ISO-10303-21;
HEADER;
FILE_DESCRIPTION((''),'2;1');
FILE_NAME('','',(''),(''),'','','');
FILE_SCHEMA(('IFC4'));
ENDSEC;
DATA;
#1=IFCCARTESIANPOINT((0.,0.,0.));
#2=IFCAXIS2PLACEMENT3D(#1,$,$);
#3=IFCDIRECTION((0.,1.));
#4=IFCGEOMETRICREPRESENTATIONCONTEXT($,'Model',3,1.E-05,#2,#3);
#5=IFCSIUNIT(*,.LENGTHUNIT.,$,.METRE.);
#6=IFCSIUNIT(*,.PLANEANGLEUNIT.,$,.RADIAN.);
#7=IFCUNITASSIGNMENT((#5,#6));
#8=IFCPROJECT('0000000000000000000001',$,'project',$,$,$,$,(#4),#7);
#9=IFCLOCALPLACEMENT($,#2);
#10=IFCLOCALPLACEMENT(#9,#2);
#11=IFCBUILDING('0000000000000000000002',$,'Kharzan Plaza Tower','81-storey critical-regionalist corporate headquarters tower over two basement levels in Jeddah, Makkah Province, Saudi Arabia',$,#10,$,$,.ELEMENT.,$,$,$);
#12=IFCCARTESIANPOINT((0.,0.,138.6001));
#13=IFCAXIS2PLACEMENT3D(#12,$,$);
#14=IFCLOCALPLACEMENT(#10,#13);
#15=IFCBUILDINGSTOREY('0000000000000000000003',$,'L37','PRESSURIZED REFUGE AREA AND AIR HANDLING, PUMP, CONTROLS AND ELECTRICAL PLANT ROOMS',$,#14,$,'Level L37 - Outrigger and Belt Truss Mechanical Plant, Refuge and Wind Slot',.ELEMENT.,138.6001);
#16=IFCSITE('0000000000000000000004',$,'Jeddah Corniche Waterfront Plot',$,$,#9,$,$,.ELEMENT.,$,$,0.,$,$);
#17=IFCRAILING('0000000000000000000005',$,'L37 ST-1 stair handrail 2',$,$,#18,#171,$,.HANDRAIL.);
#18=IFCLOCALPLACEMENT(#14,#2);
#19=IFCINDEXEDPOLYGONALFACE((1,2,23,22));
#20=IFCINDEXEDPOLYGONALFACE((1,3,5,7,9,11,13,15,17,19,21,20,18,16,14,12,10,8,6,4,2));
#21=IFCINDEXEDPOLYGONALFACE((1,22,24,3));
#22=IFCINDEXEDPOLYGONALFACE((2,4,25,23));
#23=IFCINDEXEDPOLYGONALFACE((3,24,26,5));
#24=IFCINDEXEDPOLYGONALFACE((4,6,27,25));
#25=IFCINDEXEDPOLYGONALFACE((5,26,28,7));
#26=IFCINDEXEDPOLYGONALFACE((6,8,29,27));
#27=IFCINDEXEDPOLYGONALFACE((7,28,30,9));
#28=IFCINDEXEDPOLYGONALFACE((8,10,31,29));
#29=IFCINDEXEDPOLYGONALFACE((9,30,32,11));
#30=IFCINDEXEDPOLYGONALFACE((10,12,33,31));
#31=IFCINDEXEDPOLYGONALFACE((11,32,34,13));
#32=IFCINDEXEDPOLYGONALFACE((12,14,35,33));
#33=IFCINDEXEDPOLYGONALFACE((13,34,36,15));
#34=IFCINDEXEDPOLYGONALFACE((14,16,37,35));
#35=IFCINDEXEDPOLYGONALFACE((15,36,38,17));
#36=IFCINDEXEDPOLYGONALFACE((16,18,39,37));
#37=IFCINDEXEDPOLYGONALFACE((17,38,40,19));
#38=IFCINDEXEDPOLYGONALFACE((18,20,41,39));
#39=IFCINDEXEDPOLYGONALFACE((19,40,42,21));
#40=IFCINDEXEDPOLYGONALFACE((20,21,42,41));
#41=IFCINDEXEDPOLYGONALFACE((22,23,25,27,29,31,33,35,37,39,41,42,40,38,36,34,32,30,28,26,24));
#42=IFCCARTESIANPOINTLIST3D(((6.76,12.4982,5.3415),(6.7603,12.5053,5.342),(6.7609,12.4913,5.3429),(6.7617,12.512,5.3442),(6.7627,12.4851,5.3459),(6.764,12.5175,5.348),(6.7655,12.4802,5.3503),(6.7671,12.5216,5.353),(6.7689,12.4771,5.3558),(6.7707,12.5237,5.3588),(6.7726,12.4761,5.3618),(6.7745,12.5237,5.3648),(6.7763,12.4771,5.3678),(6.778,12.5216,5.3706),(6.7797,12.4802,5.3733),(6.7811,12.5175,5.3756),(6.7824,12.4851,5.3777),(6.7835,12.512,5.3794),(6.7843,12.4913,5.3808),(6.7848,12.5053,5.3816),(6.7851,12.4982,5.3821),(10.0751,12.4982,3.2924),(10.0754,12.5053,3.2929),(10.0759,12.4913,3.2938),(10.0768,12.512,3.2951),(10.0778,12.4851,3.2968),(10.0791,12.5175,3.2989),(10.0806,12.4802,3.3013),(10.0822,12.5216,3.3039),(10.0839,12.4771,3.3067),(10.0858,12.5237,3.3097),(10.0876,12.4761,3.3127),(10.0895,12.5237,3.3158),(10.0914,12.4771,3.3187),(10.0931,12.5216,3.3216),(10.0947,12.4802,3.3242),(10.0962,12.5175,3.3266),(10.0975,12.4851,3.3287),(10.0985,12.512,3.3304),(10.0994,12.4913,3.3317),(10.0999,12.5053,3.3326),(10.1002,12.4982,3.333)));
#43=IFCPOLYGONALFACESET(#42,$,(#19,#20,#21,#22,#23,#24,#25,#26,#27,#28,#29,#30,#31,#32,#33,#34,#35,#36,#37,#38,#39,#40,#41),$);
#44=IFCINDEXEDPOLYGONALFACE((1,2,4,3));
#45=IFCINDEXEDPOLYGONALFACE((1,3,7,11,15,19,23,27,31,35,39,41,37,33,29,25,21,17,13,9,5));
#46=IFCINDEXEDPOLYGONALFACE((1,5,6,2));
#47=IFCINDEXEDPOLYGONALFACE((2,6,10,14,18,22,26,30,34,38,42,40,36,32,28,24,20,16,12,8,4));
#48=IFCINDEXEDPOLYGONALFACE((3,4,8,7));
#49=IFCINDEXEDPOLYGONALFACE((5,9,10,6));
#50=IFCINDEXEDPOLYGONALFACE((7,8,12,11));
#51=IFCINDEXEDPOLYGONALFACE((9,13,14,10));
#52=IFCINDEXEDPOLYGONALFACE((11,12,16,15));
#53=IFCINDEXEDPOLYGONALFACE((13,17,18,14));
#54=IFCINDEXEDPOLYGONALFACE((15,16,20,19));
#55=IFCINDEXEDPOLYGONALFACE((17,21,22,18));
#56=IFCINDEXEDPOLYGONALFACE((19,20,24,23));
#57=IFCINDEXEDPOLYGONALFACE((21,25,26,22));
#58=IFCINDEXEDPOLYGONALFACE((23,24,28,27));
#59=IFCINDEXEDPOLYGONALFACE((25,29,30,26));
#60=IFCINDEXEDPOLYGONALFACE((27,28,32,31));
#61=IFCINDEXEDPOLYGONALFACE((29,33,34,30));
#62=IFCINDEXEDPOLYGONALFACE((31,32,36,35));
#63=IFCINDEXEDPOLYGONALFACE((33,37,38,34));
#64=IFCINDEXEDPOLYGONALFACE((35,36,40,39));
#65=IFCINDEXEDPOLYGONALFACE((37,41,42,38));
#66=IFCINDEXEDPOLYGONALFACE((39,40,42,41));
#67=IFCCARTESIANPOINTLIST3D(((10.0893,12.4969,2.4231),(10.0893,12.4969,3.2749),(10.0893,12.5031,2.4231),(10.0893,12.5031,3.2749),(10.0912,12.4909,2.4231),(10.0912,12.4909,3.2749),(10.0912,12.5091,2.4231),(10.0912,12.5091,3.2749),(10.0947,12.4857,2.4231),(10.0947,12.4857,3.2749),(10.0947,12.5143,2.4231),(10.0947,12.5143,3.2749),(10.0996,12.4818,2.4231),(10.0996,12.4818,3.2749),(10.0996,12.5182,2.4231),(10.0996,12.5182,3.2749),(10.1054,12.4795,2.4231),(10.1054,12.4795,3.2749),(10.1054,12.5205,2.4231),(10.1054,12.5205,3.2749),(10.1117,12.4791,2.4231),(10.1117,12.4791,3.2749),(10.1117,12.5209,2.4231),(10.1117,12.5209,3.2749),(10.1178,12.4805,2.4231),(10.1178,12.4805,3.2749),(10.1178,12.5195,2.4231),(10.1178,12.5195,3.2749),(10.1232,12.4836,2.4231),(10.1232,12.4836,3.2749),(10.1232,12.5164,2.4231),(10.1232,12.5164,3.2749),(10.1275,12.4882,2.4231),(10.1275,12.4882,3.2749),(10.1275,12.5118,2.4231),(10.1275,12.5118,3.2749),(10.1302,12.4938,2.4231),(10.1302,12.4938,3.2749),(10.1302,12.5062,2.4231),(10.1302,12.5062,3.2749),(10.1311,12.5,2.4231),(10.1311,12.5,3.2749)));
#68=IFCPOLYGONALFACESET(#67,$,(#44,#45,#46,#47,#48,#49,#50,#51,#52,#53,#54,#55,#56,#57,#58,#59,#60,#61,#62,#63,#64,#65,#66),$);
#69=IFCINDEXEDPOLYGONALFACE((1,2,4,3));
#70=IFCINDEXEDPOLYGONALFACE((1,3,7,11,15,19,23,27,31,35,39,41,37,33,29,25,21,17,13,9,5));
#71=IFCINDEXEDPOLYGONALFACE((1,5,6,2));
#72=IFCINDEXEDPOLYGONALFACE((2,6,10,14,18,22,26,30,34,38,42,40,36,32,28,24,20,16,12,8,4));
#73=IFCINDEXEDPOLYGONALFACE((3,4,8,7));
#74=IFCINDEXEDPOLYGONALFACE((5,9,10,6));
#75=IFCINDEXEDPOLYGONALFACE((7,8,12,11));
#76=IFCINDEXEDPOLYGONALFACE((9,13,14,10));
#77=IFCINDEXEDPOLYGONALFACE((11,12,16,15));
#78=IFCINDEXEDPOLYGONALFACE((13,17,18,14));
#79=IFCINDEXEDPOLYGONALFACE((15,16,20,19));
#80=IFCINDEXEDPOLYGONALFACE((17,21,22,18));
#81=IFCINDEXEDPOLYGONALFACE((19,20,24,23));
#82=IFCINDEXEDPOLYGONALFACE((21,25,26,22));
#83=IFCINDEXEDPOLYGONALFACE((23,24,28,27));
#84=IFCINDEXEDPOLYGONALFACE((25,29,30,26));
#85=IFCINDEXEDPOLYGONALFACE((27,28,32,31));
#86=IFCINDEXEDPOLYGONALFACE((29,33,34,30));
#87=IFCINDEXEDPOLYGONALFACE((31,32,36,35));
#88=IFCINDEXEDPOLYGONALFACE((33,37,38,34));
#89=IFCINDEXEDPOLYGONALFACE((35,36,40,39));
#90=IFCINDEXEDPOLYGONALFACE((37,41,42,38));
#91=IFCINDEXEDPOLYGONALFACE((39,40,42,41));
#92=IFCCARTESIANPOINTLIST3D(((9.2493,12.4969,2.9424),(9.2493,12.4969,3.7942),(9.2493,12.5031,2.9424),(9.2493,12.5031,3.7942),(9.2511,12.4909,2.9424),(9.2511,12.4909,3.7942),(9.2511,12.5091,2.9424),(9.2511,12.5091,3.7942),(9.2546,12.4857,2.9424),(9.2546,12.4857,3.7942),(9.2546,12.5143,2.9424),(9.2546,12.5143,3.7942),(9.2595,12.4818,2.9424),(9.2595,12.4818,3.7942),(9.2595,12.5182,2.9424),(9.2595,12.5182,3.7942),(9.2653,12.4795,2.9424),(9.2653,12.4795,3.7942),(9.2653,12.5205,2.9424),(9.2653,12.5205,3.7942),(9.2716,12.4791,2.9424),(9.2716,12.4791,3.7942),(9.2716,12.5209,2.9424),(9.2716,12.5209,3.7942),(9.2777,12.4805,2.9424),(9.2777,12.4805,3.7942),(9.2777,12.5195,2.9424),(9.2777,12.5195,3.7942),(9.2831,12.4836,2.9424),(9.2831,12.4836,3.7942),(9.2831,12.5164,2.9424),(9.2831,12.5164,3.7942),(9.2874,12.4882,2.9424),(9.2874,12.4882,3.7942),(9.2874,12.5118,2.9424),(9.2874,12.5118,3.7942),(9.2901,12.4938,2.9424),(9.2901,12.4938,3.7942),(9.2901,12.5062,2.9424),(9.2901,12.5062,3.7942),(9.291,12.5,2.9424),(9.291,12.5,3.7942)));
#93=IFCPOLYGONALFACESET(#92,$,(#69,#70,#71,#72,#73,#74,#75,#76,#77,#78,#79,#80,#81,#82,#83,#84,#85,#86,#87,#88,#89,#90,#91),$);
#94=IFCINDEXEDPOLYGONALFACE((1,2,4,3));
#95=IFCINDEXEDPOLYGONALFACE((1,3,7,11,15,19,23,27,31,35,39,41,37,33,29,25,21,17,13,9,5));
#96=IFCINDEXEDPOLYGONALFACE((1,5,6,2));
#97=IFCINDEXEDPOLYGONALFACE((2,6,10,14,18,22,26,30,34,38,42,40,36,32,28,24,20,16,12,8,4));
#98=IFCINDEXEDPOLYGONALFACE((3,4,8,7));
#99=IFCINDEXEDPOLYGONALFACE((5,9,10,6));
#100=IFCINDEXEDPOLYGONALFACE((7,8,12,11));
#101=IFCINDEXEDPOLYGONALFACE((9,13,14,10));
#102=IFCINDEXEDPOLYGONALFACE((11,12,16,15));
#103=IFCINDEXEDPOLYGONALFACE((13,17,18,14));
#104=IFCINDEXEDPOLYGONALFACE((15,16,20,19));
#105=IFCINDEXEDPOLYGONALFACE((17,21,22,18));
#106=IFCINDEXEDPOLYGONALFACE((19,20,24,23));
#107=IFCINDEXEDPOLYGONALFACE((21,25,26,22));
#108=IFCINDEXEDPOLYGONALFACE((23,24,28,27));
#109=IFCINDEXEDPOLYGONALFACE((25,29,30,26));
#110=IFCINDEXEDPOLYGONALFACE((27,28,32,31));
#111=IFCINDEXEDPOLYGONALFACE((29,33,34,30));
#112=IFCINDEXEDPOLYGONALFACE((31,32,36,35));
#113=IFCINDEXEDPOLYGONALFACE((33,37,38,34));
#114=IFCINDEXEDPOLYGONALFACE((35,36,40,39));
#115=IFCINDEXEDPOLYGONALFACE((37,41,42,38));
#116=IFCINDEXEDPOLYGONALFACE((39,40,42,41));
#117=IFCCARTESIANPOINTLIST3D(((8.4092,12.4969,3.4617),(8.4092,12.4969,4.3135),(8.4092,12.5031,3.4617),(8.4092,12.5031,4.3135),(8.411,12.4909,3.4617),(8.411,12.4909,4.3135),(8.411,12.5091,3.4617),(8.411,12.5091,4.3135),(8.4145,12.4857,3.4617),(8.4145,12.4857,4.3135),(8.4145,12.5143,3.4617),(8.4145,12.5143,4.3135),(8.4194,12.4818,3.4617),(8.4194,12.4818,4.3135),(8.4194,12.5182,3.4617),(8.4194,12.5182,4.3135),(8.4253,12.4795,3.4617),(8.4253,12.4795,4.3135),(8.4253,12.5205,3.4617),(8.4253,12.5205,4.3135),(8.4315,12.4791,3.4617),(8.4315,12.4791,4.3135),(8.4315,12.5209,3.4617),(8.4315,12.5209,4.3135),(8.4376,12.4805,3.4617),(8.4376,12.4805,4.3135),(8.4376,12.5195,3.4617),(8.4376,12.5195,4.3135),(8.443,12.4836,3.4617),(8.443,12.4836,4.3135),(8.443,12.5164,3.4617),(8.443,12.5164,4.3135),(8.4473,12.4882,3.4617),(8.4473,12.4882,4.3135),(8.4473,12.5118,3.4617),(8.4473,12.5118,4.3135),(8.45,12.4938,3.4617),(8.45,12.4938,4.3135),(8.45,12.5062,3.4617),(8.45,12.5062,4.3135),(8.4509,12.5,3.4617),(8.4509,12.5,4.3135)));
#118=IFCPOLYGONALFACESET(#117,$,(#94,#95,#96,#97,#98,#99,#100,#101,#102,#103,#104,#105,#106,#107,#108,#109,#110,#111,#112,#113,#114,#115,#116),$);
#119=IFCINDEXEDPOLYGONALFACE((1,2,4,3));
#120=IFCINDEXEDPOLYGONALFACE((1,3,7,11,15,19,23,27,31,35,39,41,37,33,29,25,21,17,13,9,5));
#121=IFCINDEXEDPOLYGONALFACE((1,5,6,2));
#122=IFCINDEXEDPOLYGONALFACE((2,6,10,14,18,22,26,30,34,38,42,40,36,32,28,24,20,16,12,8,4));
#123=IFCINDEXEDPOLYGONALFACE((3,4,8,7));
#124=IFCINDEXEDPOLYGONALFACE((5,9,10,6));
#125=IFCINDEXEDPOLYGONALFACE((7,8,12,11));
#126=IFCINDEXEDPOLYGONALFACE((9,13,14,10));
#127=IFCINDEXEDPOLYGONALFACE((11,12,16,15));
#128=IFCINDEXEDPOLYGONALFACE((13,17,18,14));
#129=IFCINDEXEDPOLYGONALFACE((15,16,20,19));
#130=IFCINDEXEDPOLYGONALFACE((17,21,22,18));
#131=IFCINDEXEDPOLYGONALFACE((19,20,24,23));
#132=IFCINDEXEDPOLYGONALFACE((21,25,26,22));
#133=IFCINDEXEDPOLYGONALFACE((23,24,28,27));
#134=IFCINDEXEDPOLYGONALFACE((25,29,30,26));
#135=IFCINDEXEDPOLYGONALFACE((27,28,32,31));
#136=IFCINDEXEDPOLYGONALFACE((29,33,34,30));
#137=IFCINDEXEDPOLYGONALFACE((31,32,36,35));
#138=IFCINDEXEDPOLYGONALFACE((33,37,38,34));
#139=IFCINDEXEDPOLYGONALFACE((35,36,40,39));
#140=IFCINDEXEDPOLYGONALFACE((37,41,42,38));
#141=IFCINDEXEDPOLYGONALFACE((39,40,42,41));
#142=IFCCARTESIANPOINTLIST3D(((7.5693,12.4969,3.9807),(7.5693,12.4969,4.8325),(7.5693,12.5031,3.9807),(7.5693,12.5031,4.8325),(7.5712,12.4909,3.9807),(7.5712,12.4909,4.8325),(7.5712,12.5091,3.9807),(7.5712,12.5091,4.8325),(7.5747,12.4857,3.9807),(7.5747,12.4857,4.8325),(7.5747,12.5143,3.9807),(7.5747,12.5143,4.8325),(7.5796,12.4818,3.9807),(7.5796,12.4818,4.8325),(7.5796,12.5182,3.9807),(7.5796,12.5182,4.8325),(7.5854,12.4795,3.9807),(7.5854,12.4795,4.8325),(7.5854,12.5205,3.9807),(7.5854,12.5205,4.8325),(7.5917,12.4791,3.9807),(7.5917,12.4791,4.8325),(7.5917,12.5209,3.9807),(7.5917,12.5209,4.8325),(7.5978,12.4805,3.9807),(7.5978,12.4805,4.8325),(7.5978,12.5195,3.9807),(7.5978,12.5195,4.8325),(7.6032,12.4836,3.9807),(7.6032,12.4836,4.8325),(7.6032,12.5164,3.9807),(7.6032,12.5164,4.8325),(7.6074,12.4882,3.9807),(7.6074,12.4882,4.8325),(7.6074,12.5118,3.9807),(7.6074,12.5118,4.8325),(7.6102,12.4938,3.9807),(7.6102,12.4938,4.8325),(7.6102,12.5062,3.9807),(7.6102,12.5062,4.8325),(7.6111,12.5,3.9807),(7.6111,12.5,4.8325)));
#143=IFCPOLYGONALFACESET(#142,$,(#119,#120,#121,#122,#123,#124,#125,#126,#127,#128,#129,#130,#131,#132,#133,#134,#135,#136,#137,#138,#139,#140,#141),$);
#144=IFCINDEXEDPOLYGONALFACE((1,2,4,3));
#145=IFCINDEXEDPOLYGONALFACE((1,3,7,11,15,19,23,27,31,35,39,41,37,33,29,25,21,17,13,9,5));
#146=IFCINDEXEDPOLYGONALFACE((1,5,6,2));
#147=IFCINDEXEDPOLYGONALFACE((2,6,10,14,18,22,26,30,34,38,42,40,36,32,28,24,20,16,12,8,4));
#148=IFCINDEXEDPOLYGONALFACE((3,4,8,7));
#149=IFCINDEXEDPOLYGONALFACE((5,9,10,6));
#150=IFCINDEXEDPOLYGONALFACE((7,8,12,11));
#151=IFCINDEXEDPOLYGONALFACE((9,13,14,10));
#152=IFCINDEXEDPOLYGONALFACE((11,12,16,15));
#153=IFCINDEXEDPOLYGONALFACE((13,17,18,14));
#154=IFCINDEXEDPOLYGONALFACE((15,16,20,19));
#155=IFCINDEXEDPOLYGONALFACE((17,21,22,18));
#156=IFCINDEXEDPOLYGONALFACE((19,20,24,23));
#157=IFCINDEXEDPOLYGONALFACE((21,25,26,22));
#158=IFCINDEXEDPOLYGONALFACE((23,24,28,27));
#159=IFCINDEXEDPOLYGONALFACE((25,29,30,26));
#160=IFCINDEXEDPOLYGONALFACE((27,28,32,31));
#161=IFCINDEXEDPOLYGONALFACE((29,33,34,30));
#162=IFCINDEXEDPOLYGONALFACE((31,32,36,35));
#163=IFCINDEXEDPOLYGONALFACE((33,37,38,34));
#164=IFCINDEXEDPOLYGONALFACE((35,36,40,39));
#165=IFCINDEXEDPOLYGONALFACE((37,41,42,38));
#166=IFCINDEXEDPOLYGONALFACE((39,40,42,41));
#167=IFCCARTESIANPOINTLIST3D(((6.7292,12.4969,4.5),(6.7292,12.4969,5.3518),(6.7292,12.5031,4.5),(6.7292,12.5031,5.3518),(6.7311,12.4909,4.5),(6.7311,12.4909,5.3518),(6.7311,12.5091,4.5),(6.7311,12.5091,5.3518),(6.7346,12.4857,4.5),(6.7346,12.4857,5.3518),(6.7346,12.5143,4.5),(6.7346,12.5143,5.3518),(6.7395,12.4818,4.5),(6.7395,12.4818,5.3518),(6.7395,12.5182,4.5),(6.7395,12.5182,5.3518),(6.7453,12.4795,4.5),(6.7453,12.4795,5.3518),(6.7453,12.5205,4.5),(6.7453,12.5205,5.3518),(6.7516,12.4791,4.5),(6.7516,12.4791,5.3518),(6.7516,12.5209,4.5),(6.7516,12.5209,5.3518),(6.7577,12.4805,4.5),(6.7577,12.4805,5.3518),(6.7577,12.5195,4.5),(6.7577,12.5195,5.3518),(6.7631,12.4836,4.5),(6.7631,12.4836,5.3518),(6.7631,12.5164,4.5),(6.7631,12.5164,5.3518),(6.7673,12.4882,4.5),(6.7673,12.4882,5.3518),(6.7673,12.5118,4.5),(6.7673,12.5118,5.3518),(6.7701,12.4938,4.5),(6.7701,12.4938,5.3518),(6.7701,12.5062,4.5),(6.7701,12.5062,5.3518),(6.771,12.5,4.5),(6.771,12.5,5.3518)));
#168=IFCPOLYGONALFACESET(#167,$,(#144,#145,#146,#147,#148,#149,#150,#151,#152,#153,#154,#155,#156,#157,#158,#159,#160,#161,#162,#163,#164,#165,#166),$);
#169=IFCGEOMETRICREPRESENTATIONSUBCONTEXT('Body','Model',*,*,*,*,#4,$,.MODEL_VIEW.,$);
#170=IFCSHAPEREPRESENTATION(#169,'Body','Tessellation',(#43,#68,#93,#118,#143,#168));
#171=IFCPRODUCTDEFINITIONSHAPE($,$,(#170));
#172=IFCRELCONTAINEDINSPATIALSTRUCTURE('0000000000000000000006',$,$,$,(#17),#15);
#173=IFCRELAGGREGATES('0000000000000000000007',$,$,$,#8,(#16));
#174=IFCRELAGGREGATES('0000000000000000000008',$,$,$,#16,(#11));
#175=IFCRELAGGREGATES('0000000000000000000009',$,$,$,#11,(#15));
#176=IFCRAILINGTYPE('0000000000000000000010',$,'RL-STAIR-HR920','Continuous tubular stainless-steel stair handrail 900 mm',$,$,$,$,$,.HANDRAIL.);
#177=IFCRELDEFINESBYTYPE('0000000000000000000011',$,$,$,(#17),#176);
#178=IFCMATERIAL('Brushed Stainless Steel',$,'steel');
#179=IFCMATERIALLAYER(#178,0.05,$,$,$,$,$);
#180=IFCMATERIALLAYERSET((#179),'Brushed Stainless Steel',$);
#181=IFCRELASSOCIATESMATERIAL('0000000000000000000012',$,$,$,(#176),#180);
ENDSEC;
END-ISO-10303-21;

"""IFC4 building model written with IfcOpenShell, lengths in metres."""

from ifc_helpers import new_model, si_unit, direction, frame, origin, origin_2d, place, context, subcontext, project, spatial, circle, extrude, source, transform, mapped, material, layer, layer_set, type_object, element, save


model = new_model("IFC4")

# Units and contexts
model_context = context("Model", 3, precision=1e-05, world=origin(), true_north=direction((0.0, 1.0)))
body_context = subcontext(model_context, "Body", "Model", "MODEL_VIEW")
ifc_project = project(units=[si_unit("LENGTHUNIT", "METRE"), si_unit("PLANEANGLEUNIT", "RADIAN")], contexts=[model_context])

# Site, building, storey
site_placement = place(None, origin())
site = spatial("IfcSite", under=ifc_project, at=site_placement, Name="Jeddah Corniche Waterfront Plot", CompositionType="ELEMENT", RefElevation=0.0)
building_placement = place(site_placement, origin())
building = spatial("IfcBuilding", under=site, at=building_placement, Name="Kharzan Plaza Tower", Description="81-storey critical-regionalist corporate headquarters tower over two basement levels in Jeddah, Makkah Province, Saudi Arabia", CompositionType="ELEMENT")
storey_placement = place(building_placement, frame((0.0, 0.0, 138.6001)))
storey = spatial("IfcBuildingStorey", under=building, at=storey_placement, Name="L37", Description="PRESSURIZED REFUGE AREA AND AIR HANDLING, PUMP, CONTROLS AND ELECTRICAL PLANT ROOMS", LongName="Level L37 - Outrigger and Belt Truss Mechanical Plant, Refuge and Wind Slot", CompositionType="ELEMENT", Elevation=138.6001)

# Shared definitions
ifc_material_1 = material(Name="Brushed Stainless Steel", Category="steel")

# Railing
ifc_layer_1 = layer(ifc_material_1, 0.05)
ifc_layer_set_1 = layer_set([ifc_layer_1], Name="Brushed Stainless Steel")
railing_type_1 = type_object("IfcRailingType", Name="RL-STAIR-HR920", Description="Continuous tubular stainless-steel stair handrail 900 mm", PredefinedType="HANDRAIL", material=ifc_layer_set_1)
shared_shape_1 = source(origin(), body_context, "Body", "SweptSolid", [
    extrude(circle(Radius=0.0239, at=origin_2d()), frame((-0.0225, 0.0, 0.8896), z_axis=(-0.850623, 0.0, 0.525776), x_axis=(0.0, -1.0, 0.0)), (0.0, 0.0, 1.0), 3.8972),
    extrude(circle(Radius=0.021, at=origin_2d()), origin(), (0.0, 0.0, 1.0), 0.8518),
    extrude(circle(Radius=0.021, at=origin_2d()), frame((-0.8401, 0.0, 0.5193)), (0.0, 0.0, 1.0), 0.8518),
    extrude(circle(Radius=0.021, at=origin_2d()), frame((-1.6802, 0.0, 1.0386)), (0.0, 0.0, 1.0), 0.8518),
    extrude(circle(Radius=0.021, at=origin_2d()), frame((-2.52, 0.0, 1.5576)), (0.0, 0.0, 1.0), 0.8518),
    extrude(circle(Radius=0.021, at=origin_2d()), frame((-3.3601, 0.0, 2.0769)), (0.0, 0.0, 1.0), 0.8518),
])
railing_1_placement = place(storey_placement, frame((10.1101, 12.5, 2.4231)))
element("IfcRailing", 1, at=railing_1_placement, inside=storey, type_object=railing_type_1, Name="L37 ST-1 stair handrail 2", PredefinedType="HANDRAIL", context=body_context, shape_type="MappedRepresentation", body=[
    mapped(shared_shape_1, transform((0.0, 0.0, 0.0), x_axis=(1.0, 0.0, 0.0), y_axis=(0.0, 1.0, 0.0), z_axis=(0.0, 0.0, 1.0))),
])

save(model, "model.ifc")
